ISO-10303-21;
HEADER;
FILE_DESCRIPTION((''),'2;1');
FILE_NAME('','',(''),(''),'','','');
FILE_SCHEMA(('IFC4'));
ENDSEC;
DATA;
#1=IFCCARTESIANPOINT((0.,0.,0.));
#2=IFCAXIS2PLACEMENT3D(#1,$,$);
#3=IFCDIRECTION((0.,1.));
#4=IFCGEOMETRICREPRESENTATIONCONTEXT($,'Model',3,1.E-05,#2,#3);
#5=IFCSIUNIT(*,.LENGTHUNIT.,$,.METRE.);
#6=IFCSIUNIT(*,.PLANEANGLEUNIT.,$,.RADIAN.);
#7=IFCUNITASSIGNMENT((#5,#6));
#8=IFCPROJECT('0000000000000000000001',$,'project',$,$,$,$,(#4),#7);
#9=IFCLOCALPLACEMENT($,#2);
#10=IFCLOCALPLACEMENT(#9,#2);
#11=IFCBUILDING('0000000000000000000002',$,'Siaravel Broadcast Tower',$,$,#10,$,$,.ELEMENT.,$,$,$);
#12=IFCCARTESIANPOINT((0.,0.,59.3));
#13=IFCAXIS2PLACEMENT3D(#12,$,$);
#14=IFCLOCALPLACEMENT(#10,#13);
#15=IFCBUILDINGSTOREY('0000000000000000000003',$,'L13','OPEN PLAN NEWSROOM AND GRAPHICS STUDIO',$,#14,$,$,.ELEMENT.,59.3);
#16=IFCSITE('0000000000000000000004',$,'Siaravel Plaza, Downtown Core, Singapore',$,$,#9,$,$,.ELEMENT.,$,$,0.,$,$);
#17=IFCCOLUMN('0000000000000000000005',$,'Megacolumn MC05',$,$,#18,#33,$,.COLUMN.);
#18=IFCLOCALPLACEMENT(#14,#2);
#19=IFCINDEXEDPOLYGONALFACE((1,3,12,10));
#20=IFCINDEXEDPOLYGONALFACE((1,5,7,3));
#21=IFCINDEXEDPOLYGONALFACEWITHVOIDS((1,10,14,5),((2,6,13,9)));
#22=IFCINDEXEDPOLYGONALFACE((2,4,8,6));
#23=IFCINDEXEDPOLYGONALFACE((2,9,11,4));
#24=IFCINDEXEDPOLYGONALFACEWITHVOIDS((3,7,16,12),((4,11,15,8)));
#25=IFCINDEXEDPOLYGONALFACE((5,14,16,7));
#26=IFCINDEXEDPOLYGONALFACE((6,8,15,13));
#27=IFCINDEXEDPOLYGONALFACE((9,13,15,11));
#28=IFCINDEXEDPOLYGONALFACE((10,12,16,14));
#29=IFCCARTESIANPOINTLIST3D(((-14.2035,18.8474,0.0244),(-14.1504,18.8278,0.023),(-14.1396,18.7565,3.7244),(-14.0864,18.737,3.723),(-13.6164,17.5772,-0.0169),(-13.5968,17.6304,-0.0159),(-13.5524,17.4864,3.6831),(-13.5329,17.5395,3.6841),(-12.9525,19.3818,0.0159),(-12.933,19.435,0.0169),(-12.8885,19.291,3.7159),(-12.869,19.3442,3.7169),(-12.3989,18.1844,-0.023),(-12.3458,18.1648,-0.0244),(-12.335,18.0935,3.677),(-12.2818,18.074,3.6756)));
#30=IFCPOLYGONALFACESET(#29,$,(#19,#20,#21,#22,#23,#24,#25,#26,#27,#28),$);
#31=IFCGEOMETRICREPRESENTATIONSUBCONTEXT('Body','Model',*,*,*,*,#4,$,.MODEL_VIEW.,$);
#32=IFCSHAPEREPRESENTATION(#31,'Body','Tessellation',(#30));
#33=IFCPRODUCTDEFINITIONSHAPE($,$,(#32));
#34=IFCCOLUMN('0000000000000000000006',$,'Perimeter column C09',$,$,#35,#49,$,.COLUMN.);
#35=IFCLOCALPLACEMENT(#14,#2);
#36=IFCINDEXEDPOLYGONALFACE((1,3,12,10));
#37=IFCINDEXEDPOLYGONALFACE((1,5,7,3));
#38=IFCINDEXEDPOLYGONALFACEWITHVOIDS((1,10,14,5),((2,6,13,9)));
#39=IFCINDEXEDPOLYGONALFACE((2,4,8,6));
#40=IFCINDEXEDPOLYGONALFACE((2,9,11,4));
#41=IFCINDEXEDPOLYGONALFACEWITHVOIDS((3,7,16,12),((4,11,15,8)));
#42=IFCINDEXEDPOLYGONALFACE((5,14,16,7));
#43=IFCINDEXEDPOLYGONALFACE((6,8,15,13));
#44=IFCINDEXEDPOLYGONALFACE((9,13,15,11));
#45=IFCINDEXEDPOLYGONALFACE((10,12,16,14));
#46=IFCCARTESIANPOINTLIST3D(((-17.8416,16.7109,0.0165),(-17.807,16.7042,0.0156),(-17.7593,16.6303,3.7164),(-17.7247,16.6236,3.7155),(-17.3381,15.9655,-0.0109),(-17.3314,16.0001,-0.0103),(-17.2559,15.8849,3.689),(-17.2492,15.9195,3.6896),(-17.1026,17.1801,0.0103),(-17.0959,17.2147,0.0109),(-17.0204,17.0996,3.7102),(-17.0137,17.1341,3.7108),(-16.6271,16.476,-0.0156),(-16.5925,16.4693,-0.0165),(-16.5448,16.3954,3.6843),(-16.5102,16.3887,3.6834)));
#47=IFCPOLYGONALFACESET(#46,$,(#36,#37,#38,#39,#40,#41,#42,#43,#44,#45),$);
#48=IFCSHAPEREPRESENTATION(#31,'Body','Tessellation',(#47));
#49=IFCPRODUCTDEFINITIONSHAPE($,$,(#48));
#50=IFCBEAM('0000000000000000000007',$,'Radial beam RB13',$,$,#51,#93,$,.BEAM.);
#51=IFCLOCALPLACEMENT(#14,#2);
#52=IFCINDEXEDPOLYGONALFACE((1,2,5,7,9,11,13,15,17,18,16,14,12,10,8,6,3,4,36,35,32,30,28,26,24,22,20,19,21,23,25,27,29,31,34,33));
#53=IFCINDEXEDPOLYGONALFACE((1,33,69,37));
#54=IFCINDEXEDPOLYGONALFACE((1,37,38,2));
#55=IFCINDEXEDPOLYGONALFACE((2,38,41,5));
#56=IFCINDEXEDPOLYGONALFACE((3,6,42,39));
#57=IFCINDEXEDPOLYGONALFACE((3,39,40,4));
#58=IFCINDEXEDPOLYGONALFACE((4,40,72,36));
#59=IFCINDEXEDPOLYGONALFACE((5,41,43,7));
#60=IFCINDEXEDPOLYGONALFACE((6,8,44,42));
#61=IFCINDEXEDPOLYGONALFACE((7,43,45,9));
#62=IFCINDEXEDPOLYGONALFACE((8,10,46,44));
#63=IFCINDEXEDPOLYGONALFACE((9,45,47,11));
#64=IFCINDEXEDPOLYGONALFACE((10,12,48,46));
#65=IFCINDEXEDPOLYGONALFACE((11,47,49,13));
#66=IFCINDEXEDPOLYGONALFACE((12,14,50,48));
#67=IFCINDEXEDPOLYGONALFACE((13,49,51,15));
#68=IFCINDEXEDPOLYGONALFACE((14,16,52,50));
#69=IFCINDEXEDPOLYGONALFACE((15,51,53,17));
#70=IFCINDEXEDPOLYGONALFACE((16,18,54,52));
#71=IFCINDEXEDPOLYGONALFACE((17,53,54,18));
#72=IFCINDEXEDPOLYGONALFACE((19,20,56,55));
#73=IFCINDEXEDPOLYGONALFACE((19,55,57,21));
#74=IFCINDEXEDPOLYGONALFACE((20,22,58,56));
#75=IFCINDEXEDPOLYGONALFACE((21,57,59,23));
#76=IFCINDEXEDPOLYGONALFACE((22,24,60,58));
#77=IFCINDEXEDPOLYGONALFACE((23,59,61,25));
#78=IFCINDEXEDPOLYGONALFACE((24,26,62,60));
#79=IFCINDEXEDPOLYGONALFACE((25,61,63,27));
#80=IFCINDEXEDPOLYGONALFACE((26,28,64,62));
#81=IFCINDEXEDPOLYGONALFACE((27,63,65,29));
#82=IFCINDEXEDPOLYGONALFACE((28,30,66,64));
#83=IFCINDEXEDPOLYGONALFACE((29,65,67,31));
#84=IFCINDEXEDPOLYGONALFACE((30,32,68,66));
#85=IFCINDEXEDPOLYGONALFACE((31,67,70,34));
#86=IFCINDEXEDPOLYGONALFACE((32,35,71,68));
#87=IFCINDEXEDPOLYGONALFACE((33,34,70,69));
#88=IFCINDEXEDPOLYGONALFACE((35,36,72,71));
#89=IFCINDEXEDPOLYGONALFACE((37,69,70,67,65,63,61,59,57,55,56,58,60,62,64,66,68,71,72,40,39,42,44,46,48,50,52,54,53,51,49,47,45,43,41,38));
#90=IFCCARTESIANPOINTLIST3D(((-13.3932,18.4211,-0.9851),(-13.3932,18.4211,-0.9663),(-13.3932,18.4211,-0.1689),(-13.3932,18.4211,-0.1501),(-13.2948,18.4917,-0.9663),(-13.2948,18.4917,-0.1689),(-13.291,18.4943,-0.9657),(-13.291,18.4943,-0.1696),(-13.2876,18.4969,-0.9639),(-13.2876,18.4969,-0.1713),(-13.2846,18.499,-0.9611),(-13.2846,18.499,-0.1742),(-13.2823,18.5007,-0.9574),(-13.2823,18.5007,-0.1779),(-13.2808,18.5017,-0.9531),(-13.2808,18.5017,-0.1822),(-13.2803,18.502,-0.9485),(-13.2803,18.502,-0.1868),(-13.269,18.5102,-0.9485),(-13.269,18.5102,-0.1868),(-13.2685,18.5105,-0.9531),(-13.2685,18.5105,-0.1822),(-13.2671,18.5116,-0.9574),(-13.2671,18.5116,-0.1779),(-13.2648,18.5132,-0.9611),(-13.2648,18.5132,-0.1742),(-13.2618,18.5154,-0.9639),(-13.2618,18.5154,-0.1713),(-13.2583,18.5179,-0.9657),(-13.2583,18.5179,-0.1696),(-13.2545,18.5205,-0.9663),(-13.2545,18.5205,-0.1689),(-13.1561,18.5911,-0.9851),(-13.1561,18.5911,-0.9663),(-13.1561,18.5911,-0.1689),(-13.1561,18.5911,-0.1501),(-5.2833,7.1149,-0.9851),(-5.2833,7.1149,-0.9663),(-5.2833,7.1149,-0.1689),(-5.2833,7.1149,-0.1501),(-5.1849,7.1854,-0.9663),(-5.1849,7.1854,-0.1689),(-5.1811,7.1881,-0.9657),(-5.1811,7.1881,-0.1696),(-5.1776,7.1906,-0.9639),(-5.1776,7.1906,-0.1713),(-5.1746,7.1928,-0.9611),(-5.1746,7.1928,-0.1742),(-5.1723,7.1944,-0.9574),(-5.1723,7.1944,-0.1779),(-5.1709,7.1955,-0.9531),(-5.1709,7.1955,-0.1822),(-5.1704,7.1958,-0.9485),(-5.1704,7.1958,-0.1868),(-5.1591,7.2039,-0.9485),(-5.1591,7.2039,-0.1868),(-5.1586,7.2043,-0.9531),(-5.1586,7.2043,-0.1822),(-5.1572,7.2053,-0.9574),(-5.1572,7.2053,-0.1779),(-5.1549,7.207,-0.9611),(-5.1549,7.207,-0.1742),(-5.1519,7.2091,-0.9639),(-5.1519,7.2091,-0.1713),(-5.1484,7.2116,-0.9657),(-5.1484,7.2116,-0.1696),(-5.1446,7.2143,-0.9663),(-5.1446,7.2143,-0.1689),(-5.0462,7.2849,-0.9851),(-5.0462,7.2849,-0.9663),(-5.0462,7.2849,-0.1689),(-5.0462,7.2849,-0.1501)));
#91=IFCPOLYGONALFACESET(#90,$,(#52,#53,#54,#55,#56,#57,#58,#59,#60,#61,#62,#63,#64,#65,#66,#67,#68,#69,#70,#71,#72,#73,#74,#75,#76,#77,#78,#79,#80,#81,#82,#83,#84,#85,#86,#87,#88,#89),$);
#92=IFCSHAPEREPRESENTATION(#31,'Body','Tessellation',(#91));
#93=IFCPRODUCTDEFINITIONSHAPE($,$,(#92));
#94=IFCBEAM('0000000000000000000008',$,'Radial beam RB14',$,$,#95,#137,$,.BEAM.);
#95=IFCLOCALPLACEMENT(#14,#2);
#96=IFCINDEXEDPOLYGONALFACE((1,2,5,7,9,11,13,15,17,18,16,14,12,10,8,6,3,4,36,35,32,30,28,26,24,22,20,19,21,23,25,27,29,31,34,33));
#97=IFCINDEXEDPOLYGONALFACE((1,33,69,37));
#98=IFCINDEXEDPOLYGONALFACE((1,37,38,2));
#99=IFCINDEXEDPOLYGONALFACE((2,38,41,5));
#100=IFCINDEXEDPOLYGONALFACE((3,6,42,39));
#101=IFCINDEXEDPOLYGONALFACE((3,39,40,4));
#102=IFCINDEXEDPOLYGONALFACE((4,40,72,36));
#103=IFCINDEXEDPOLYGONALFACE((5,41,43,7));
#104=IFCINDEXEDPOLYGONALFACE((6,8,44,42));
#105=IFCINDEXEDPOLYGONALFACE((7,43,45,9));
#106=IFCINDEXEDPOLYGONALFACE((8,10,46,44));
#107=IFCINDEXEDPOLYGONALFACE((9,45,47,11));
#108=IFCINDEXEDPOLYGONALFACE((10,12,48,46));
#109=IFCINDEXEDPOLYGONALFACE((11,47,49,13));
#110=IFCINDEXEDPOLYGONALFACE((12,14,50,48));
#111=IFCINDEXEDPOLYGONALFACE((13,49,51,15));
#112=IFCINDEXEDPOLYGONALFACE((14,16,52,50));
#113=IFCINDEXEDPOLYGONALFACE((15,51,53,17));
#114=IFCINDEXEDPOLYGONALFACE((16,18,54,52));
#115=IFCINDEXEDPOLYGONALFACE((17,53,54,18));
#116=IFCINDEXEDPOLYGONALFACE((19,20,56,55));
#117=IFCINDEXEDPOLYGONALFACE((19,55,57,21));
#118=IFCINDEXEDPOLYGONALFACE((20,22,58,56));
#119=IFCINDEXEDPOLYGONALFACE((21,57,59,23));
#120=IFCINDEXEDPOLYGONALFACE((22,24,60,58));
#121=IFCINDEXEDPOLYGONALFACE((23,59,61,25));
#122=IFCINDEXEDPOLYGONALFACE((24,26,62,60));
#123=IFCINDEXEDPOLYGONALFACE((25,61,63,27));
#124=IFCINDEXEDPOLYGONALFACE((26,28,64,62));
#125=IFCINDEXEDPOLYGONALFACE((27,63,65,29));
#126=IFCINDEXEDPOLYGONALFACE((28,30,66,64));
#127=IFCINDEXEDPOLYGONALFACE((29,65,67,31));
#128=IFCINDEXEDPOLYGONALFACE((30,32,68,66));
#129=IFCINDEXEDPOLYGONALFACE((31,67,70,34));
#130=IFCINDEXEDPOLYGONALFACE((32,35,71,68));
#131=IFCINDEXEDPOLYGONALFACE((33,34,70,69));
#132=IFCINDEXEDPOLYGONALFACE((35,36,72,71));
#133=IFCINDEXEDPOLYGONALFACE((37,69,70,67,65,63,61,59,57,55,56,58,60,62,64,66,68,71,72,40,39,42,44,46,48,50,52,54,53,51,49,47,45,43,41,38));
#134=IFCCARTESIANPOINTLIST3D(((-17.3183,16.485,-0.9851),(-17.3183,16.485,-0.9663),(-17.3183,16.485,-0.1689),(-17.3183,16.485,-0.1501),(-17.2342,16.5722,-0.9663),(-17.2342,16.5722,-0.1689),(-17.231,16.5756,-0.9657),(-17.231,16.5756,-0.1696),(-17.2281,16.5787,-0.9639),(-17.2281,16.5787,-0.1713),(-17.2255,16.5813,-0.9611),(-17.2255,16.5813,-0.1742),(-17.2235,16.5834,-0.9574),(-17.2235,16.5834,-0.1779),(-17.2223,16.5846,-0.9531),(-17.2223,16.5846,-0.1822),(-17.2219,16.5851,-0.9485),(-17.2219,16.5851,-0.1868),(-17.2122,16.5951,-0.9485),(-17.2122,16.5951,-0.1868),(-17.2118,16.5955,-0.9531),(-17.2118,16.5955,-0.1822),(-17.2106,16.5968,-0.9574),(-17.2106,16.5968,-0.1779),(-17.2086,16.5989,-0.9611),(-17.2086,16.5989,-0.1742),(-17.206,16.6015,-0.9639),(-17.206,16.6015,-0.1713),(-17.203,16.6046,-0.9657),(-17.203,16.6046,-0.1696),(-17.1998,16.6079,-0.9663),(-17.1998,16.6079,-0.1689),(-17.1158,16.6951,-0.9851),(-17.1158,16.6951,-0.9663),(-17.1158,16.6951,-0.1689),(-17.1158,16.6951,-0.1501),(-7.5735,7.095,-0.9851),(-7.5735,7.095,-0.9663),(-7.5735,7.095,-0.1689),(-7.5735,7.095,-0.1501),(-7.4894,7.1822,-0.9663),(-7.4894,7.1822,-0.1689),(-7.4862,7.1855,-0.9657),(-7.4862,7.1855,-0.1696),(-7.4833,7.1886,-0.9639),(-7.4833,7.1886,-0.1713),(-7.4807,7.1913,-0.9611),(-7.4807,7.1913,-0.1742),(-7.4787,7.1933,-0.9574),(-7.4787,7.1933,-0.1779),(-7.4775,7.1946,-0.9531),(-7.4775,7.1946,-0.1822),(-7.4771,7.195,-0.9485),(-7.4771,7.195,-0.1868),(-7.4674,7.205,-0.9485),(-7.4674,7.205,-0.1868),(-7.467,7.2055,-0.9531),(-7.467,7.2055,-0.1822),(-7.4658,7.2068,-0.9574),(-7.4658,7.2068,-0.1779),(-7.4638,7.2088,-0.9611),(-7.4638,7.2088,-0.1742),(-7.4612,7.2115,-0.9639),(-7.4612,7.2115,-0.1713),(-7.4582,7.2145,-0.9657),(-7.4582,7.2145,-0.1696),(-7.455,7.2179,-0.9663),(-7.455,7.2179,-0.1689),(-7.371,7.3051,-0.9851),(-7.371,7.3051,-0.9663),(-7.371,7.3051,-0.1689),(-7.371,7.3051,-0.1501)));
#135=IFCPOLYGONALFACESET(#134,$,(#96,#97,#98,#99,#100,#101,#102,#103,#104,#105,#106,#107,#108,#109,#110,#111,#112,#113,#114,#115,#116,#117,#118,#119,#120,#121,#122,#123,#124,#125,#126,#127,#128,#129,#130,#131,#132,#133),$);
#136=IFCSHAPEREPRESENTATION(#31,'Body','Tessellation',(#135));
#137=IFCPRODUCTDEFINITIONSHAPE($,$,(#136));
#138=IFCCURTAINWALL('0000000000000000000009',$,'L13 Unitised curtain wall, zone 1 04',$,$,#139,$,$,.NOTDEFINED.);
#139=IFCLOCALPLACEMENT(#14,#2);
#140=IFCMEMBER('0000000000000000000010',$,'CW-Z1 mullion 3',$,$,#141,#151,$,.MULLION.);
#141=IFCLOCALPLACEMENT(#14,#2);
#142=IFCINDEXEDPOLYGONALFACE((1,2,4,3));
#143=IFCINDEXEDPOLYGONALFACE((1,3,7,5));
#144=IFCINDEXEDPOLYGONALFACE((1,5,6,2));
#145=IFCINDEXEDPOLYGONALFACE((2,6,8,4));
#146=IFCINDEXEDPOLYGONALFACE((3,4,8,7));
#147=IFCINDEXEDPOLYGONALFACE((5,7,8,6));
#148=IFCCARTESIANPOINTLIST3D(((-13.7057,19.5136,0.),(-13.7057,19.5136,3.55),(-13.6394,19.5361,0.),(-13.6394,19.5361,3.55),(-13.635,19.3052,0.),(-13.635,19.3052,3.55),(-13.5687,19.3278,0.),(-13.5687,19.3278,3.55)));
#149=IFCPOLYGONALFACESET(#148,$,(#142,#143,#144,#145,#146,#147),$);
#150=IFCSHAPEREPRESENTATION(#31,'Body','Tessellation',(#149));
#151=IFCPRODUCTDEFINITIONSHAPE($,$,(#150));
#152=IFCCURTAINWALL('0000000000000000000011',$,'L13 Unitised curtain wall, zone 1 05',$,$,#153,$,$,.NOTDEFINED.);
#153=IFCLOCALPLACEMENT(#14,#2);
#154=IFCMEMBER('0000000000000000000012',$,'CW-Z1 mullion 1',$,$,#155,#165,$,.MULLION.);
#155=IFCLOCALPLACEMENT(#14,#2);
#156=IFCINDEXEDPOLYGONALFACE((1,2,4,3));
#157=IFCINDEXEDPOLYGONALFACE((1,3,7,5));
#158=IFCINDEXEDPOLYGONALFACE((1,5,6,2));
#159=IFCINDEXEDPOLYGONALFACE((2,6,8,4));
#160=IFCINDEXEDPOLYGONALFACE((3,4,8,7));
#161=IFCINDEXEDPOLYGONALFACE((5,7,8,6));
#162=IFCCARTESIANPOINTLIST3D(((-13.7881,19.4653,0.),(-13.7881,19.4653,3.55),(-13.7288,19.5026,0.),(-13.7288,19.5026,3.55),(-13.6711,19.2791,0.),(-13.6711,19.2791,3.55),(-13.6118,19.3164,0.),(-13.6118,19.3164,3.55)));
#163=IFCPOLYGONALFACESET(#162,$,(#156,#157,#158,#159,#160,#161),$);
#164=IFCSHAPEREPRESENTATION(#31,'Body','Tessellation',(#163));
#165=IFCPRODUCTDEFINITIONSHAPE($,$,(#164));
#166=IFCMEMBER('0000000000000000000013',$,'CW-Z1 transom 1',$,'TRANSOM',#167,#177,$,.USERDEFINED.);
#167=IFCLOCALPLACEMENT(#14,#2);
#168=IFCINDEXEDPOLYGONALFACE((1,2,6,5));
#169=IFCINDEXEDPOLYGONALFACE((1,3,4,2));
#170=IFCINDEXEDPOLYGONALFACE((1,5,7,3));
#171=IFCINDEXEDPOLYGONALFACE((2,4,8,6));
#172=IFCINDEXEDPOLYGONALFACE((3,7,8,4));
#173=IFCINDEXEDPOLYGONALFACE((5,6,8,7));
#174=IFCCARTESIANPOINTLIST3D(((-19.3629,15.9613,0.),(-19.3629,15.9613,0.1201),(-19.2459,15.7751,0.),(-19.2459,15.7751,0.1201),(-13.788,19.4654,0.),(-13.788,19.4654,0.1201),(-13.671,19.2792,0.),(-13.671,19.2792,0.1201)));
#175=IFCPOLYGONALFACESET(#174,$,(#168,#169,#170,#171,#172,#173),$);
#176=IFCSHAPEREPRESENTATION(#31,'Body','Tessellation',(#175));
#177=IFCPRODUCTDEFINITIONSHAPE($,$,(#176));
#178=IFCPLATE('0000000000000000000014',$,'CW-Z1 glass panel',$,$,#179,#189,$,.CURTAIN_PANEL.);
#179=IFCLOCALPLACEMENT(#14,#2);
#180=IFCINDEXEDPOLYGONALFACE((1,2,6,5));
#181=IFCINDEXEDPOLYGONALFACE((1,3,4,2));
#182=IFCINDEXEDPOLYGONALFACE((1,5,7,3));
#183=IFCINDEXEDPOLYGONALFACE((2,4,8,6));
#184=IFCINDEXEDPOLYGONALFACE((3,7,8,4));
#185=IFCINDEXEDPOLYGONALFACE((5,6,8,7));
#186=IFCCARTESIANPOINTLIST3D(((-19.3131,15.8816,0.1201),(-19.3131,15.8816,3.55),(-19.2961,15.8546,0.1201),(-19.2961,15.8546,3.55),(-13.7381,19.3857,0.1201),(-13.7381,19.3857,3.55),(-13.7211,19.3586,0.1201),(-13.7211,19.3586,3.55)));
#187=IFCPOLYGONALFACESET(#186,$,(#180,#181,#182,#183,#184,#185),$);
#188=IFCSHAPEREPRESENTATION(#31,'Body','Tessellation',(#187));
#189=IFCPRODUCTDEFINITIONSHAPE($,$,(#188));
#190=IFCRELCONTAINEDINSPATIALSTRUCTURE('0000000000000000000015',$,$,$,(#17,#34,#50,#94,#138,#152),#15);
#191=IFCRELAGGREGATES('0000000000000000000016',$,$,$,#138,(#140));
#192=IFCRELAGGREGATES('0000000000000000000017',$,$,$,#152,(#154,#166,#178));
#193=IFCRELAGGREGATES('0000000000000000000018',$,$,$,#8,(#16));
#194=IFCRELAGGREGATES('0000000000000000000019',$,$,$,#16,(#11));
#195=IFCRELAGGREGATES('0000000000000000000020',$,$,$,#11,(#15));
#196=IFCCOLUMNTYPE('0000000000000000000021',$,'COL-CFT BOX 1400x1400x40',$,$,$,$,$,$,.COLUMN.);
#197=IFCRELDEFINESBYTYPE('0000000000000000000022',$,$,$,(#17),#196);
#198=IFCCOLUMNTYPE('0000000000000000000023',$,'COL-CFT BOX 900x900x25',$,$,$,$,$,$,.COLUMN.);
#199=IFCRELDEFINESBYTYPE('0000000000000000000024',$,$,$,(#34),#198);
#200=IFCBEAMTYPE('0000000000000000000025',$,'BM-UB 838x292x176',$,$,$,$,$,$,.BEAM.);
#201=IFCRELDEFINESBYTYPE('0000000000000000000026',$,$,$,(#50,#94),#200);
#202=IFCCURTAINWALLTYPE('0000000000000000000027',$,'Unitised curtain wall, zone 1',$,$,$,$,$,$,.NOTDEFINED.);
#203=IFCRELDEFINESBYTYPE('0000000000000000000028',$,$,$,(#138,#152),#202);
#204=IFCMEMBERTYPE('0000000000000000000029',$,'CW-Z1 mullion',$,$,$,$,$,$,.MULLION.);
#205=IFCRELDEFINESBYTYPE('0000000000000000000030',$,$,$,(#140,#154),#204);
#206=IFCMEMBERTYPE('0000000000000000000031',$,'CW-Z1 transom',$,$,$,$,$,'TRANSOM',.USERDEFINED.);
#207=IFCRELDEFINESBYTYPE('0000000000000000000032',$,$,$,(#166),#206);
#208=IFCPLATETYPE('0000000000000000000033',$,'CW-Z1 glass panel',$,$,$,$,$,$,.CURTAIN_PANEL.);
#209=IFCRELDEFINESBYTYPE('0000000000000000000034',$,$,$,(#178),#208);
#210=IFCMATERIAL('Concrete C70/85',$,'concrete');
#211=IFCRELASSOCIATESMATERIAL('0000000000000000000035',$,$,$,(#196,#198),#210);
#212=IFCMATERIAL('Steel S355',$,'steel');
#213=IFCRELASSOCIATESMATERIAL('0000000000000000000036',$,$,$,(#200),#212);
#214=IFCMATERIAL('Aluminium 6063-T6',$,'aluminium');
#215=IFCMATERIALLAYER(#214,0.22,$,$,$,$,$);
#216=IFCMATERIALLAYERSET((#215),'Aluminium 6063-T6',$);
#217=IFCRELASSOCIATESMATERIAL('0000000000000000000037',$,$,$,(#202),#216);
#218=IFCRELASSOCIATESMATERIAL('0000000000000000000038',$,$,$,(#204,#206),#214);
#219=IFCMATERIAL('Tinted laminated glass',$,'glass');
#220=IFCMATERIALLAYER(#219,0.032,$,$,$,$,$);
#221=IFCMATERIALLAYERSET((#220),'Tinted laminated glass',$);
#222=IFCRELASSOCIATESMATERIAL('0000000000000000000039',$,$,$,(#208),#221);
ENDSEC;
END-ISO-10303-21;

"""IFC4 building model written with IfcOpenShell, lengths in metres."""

from ifc_helpers import new_model, si_unit, direction, frame, origin, origin_2d, place, context, subcontext, project, spatial, rectangle, hollow_rectangle, i_section, extrude, material, layer, layer_set, material_profile, profile_set, type_object, element, aggregate, save


model = new_model("IFC4")

# Units and contexts
model_context = context("Model", 3, precision=1e-05, world=origin(), true_north=direction((0.0, 1.0)))
body_context = subcontext(model_context, "Body", "Model", "MODEL_VIEW")
ifc_project = project(units=[si_unit("LENGTHUNIT", "METRE"), si_unit("PLANEANGLEUNIT", "RADIAN")], contexts=[model_context])

# Site, building, storey
site_placement = place(None, origin())
site = spatial("IfcSite", under=ifc_project, at=site_placement, Name="Siaravel Plaza, Downtown Core, Singapore", CompositionType="ELEMENT", RefElevation=0.0)
building_placement = place(site_placement, origin())
building = spatial("IfcBuilding", under=site, at=building_placement, Name="Siaravel Broadcast Tower", CompositionType="ELEMENT")
storey_placement = place(building_placement, frame((0.0, 0.0, 59.3)))
storey = spatial("IfcBuildingStorey", under=building, at=storey_placement, Name="L13", Description="OPEN PLAN NEWSROOM AND GRAPHICS STUDIO", CompositionType="ELEMENT", Elevation=59.3)

# Columns
ifc_material_1 = material(Name="Concrete C70/85", Category="concrete")
ifc_material_profile_1 = material_profile(ifc_material_1, hollow_rectangle(XDim=1.3999, YDim=1.3999, WallThickness=0.04, at=origin_2d()))
ifc_profile_set_1 = profile_set([ifc_material_profile_1], Name="Concrete C70/85")
column_type_1 = type_object("IfcColumnType", Name="COL-CFT BOX 1400x1400x40", PredefinedType="COLUMN", material=ifc_profile_set_1)
column_1_placement = place(storey_placement, frame((-13.2747, 18.5061, 0.0), z_axis=(0.01728, -0.024535, 0.99955), x_axis=(0.907621, 0.419757, -0.005387)))
element("IfcColumn", 1, at=column_1_placement, inside=storey, type_object=column_type_1, Name="Megacolumn MC05", PredefinedType="COLUMN", context=body_context, shape_type="SweptSolid", body=[
    extrude(hollow_rectangle(XDim=1.3999, YDim=1.3999, WallThickness=0.04, at=origin_2d()), origin(), (0.0, 0.0, 1.0), 3.7017),
])
ifc_material_profile_2 = material_profile(ifc_material_1, hollow_rectangle(XDim=0.8999, YDim=0.8999, WallThickness=0.0249, at=origin_2d()))
ifc_profile_set_2 = profile_set([ifc_material_profile_2], Name="Concrete C70/85")
column_type_2 = type_object("IfcColumnType", Name="COL-CFT BOX 900x900x25", PredefinedType="COLUMN", material=ifc_profile_set_2)
column_2_placement = place(storey_placement, frame((-17.217, 16.5901, 0.0), z_axis=(0.022226, -0.021764, 0.999516), x_axis=(0.828575, 0.559843, -0.006234)))
element("IfcColumn", 2, at=column_2_placement, inside=storey, type_object=column_type_2, Name="Perimeter column C09", PredefinedType="COLUMN", context=body_context, shape_type="SweptSolid", body=[
    extrude(hollow_rectangle(XDim=0.8999, YDim=0.8999, WallThickness=0.0249, at=origin_2d()), origin(), (0.0, 0.0, 1.0), 3.7017),
])

# Beams
ifc_material_2 = material(Name="Steel S355", Category="steel")
ifc_material_profile_3 = material_profile(ifc_material_2, i_section(OverallWidth=0.2917, OverallDepth=0.835, WebThickness=0.0139, FlangeThickness=0.0188, FilletRadius=0.0178, at=origin_2d()))
ifc_profile_set_3 = profile_set([ifc_material_profile_3], Name="Steel S355")
beam_type = type_object("IfcBeamType", Name="BM-UB 838x292x176", PredefinedType="BEAM", material=ifc_profile_set_3)
beam_1_placement = place(storey_placement, frame((-13.2747, 18.5061, -0.5676), z_axis=(0.582857, -0.812575, 0.0), x_axis=(0.812575, 0.582857, 0.0)))
element("IfcBeam", 3, at=beam_1_placement, inside=storey, type_object=beam_type, Name="Radial beam RB13", PredefinedType="BEAM", context=body_context, shape_type="SweptSolid", body=[
    extrude(i_section(OverallWidth=0.2917, OverallDepth=0.835, WebThickness=0.0139, FlangeThickness=0.0188, FilletRadius=0.0178, at=origin_2d()), origin(), (0.0, 0.0, 1.0), 13.9141),
])
beam_2_placement = place(storey_placement, frame((-17.217, 16.5901, -0.5676), z_axis=(0.720092, -0.693879, 0.0), x_axis=(0.693879, 0.720092, 0.0)))
element("IfcBeam", 4, at=beam_2_placement, inside=storey, type_object=beam_type, Name="Radial beam RB14", PredefinedType="BEAM", context=body_context, shape_type="SweptSolid", body=[
    extrude(i_section(OverallWidth=0.2917, OverallDepth=0.835, WebThickness=0.0139, FlangeThickness=0.0188, FilletRadius=0.0178, at=origin_2d()), origin(), (0.0, 0.0, 1.0), 13.5327),
])

# Curtain wall, member
ifc_material_3 = material(Name="Aluminium 6063-T6", Category="aluminium")
ifc_layer_1 = layer(ifc_material_3, 0.22)
ifc_layer_set_1 = layer_set([ifc_layer_1], Name="Aluminium 6063-T6")
curtain_wall_type = type_object("IfcCurtainWallType", Name="Unitised curtain wall, zone 1", PredefinedType="NOTDEFINED", material=ifc_layer_set_1)
curtain_wall_1_placement = place(storey_placement, origin())
curtain_wall_1 = element("IfcCurtainWall", 5, at=curtain_wall_1_placement, inside=storey, type_object=curtain_wall_type, Name="L13 Unitised curtain wall, zone 1 04", PredefinedType="NOTDEFINED")
ifc_material_profile_4 = material_profile(ifc_material_3, rectangle(XDim=0.22, YDim=0.0701, at=origin_2d()))
ifc_profile_set_4 = profile_set([ifc_material_profile_4], Name="Aluminium 6063-T6")
member_type_1 = type_object("IfcMemberType", Name="CW-Z1 mullion", PredefinedType="MULLION", material=ifc_profile_set_4)
member_1_placement = place(storey_placement, frame((-13.6372, 19.4207, 0.0), z_axis=(0.0, 0.0, 1.0), x_axis=(0.3213, -0.946978, 0.0)))
member_1 = element("IfcMember", 6, at=member_1_placement, type_object=member_type_1, Name="CW-Z1 mullion 3", PredefinedType="MULLION", context=body_context, shape_type="SweptSolid", body=[
    extrude(rectangle(XDim=0.22, YDim=0.0701, at=origin_2d()), origin(), (0.0, 0.0, 1.0), 3.55),
])
aggregate(curtain_wall_1, [member_1])

# Curtain wall, members, plate
curtain_wall_2_placement = place(storey_placement, origin())
curtain_wall_2 = element("IfcCurtainWall", 7, at=curtain_wall_2_placement, inside=storey, type_object=curtain_wall_type, Name="L13 Unitised curtain wall, zone 1 05", PredefinedType="NOTDEFINED")
member_2_placement = place(storey_placement, frame((-13.7, 19.3909, 0.0), z_axis=(0.0, 0.0, 1.0), x_axis=(0.532148, -0.846651, 0.0)))
member_2 = element("IfcMember", 8, at=member_2_placement, type_object=member_type_1, Name="CW-Z1 mullion 1", PredefinedType="MULLION", context=body_context, shape_type="SweptSolid", body=[
    extrude(rectangle(XDim=0.22, YDim=0.0701, at=origin_2d()), origin(), (0.0, 0.0, 1.0), 3.55),
])
ifc_material_profile_5 = material_profile(ifc_material_3, rectangle(XDim=0.22, YDim=0.1201, at=origin_2d()))
ifc_profile_set_5 = profile_set([ifc_material_profile_5], Name="Aluminium 6063-T6")
member_type_2 = type_object("IfcMemberType", Name="CW-Z1 transom", ElementType="TRANSOM", PredefinedType="USERDEFINED", material=ifc_profile_set_5)
member_3_placement = place(storey_placement, frame((-13.7295, 19.3723, 0.0601), z_axis=(-0.846644, -0.53216, 0.0), x_axis=(0.53216, -0.846644, 0.0)))
member_3 = element("IfcMember", 9, at=member_3_placement, type_object=member_type_2, Name="CW-Z1 transom 1", ObjectType="TRANSOM", PredefinedType="USERDEFINED", context=body_context, shape_type="SweptSolid", body=[
    extrude(rectangle(XDim=0.22, YDim=0.1201, at=origin_2d()), origin(), (0.0, 0.0, 1.0), 6.5847),
])
ifc_material_4 = material(Name="Tinted laminated glass", Category="glass")
ifc_layer_2 = layer(ifc_material_4, 0.032)
ifc_layer_set_2 = layer_set([ifc_layer_2], Name="Tinted laminated glass")
plate_type = type_object("IfcPlateType", Name="CW-Z1 glass panel", PredefinedType="CURTAIN_PANEL", material=ifc_layer_set_2)
plate_placement = place(storey_placement, frame((-16.5171, 17.6201, 0.1201), z_axis=(0.0, 0.0, 1.0), x_axis=(-0.846651, -0.532148, 0.0)))
plate = element("IfcPlate", 10, at=plate_placement, type_object=plate_type, Name="CW-Z1 glass panel", PredefinedType="CURTAIN_PANEL", context=body_context, shape_type="SweptSolid", body=[
    extrude(rectangle(XDim=6.5847, YDim=0.032, at=origin_2d()), origin(), (0.0, 0.0, 1.0), 3.4299),
])
aggregate(curtain_wall_2, [member_2, member_3, plate])

save(model, "model.ifc")
